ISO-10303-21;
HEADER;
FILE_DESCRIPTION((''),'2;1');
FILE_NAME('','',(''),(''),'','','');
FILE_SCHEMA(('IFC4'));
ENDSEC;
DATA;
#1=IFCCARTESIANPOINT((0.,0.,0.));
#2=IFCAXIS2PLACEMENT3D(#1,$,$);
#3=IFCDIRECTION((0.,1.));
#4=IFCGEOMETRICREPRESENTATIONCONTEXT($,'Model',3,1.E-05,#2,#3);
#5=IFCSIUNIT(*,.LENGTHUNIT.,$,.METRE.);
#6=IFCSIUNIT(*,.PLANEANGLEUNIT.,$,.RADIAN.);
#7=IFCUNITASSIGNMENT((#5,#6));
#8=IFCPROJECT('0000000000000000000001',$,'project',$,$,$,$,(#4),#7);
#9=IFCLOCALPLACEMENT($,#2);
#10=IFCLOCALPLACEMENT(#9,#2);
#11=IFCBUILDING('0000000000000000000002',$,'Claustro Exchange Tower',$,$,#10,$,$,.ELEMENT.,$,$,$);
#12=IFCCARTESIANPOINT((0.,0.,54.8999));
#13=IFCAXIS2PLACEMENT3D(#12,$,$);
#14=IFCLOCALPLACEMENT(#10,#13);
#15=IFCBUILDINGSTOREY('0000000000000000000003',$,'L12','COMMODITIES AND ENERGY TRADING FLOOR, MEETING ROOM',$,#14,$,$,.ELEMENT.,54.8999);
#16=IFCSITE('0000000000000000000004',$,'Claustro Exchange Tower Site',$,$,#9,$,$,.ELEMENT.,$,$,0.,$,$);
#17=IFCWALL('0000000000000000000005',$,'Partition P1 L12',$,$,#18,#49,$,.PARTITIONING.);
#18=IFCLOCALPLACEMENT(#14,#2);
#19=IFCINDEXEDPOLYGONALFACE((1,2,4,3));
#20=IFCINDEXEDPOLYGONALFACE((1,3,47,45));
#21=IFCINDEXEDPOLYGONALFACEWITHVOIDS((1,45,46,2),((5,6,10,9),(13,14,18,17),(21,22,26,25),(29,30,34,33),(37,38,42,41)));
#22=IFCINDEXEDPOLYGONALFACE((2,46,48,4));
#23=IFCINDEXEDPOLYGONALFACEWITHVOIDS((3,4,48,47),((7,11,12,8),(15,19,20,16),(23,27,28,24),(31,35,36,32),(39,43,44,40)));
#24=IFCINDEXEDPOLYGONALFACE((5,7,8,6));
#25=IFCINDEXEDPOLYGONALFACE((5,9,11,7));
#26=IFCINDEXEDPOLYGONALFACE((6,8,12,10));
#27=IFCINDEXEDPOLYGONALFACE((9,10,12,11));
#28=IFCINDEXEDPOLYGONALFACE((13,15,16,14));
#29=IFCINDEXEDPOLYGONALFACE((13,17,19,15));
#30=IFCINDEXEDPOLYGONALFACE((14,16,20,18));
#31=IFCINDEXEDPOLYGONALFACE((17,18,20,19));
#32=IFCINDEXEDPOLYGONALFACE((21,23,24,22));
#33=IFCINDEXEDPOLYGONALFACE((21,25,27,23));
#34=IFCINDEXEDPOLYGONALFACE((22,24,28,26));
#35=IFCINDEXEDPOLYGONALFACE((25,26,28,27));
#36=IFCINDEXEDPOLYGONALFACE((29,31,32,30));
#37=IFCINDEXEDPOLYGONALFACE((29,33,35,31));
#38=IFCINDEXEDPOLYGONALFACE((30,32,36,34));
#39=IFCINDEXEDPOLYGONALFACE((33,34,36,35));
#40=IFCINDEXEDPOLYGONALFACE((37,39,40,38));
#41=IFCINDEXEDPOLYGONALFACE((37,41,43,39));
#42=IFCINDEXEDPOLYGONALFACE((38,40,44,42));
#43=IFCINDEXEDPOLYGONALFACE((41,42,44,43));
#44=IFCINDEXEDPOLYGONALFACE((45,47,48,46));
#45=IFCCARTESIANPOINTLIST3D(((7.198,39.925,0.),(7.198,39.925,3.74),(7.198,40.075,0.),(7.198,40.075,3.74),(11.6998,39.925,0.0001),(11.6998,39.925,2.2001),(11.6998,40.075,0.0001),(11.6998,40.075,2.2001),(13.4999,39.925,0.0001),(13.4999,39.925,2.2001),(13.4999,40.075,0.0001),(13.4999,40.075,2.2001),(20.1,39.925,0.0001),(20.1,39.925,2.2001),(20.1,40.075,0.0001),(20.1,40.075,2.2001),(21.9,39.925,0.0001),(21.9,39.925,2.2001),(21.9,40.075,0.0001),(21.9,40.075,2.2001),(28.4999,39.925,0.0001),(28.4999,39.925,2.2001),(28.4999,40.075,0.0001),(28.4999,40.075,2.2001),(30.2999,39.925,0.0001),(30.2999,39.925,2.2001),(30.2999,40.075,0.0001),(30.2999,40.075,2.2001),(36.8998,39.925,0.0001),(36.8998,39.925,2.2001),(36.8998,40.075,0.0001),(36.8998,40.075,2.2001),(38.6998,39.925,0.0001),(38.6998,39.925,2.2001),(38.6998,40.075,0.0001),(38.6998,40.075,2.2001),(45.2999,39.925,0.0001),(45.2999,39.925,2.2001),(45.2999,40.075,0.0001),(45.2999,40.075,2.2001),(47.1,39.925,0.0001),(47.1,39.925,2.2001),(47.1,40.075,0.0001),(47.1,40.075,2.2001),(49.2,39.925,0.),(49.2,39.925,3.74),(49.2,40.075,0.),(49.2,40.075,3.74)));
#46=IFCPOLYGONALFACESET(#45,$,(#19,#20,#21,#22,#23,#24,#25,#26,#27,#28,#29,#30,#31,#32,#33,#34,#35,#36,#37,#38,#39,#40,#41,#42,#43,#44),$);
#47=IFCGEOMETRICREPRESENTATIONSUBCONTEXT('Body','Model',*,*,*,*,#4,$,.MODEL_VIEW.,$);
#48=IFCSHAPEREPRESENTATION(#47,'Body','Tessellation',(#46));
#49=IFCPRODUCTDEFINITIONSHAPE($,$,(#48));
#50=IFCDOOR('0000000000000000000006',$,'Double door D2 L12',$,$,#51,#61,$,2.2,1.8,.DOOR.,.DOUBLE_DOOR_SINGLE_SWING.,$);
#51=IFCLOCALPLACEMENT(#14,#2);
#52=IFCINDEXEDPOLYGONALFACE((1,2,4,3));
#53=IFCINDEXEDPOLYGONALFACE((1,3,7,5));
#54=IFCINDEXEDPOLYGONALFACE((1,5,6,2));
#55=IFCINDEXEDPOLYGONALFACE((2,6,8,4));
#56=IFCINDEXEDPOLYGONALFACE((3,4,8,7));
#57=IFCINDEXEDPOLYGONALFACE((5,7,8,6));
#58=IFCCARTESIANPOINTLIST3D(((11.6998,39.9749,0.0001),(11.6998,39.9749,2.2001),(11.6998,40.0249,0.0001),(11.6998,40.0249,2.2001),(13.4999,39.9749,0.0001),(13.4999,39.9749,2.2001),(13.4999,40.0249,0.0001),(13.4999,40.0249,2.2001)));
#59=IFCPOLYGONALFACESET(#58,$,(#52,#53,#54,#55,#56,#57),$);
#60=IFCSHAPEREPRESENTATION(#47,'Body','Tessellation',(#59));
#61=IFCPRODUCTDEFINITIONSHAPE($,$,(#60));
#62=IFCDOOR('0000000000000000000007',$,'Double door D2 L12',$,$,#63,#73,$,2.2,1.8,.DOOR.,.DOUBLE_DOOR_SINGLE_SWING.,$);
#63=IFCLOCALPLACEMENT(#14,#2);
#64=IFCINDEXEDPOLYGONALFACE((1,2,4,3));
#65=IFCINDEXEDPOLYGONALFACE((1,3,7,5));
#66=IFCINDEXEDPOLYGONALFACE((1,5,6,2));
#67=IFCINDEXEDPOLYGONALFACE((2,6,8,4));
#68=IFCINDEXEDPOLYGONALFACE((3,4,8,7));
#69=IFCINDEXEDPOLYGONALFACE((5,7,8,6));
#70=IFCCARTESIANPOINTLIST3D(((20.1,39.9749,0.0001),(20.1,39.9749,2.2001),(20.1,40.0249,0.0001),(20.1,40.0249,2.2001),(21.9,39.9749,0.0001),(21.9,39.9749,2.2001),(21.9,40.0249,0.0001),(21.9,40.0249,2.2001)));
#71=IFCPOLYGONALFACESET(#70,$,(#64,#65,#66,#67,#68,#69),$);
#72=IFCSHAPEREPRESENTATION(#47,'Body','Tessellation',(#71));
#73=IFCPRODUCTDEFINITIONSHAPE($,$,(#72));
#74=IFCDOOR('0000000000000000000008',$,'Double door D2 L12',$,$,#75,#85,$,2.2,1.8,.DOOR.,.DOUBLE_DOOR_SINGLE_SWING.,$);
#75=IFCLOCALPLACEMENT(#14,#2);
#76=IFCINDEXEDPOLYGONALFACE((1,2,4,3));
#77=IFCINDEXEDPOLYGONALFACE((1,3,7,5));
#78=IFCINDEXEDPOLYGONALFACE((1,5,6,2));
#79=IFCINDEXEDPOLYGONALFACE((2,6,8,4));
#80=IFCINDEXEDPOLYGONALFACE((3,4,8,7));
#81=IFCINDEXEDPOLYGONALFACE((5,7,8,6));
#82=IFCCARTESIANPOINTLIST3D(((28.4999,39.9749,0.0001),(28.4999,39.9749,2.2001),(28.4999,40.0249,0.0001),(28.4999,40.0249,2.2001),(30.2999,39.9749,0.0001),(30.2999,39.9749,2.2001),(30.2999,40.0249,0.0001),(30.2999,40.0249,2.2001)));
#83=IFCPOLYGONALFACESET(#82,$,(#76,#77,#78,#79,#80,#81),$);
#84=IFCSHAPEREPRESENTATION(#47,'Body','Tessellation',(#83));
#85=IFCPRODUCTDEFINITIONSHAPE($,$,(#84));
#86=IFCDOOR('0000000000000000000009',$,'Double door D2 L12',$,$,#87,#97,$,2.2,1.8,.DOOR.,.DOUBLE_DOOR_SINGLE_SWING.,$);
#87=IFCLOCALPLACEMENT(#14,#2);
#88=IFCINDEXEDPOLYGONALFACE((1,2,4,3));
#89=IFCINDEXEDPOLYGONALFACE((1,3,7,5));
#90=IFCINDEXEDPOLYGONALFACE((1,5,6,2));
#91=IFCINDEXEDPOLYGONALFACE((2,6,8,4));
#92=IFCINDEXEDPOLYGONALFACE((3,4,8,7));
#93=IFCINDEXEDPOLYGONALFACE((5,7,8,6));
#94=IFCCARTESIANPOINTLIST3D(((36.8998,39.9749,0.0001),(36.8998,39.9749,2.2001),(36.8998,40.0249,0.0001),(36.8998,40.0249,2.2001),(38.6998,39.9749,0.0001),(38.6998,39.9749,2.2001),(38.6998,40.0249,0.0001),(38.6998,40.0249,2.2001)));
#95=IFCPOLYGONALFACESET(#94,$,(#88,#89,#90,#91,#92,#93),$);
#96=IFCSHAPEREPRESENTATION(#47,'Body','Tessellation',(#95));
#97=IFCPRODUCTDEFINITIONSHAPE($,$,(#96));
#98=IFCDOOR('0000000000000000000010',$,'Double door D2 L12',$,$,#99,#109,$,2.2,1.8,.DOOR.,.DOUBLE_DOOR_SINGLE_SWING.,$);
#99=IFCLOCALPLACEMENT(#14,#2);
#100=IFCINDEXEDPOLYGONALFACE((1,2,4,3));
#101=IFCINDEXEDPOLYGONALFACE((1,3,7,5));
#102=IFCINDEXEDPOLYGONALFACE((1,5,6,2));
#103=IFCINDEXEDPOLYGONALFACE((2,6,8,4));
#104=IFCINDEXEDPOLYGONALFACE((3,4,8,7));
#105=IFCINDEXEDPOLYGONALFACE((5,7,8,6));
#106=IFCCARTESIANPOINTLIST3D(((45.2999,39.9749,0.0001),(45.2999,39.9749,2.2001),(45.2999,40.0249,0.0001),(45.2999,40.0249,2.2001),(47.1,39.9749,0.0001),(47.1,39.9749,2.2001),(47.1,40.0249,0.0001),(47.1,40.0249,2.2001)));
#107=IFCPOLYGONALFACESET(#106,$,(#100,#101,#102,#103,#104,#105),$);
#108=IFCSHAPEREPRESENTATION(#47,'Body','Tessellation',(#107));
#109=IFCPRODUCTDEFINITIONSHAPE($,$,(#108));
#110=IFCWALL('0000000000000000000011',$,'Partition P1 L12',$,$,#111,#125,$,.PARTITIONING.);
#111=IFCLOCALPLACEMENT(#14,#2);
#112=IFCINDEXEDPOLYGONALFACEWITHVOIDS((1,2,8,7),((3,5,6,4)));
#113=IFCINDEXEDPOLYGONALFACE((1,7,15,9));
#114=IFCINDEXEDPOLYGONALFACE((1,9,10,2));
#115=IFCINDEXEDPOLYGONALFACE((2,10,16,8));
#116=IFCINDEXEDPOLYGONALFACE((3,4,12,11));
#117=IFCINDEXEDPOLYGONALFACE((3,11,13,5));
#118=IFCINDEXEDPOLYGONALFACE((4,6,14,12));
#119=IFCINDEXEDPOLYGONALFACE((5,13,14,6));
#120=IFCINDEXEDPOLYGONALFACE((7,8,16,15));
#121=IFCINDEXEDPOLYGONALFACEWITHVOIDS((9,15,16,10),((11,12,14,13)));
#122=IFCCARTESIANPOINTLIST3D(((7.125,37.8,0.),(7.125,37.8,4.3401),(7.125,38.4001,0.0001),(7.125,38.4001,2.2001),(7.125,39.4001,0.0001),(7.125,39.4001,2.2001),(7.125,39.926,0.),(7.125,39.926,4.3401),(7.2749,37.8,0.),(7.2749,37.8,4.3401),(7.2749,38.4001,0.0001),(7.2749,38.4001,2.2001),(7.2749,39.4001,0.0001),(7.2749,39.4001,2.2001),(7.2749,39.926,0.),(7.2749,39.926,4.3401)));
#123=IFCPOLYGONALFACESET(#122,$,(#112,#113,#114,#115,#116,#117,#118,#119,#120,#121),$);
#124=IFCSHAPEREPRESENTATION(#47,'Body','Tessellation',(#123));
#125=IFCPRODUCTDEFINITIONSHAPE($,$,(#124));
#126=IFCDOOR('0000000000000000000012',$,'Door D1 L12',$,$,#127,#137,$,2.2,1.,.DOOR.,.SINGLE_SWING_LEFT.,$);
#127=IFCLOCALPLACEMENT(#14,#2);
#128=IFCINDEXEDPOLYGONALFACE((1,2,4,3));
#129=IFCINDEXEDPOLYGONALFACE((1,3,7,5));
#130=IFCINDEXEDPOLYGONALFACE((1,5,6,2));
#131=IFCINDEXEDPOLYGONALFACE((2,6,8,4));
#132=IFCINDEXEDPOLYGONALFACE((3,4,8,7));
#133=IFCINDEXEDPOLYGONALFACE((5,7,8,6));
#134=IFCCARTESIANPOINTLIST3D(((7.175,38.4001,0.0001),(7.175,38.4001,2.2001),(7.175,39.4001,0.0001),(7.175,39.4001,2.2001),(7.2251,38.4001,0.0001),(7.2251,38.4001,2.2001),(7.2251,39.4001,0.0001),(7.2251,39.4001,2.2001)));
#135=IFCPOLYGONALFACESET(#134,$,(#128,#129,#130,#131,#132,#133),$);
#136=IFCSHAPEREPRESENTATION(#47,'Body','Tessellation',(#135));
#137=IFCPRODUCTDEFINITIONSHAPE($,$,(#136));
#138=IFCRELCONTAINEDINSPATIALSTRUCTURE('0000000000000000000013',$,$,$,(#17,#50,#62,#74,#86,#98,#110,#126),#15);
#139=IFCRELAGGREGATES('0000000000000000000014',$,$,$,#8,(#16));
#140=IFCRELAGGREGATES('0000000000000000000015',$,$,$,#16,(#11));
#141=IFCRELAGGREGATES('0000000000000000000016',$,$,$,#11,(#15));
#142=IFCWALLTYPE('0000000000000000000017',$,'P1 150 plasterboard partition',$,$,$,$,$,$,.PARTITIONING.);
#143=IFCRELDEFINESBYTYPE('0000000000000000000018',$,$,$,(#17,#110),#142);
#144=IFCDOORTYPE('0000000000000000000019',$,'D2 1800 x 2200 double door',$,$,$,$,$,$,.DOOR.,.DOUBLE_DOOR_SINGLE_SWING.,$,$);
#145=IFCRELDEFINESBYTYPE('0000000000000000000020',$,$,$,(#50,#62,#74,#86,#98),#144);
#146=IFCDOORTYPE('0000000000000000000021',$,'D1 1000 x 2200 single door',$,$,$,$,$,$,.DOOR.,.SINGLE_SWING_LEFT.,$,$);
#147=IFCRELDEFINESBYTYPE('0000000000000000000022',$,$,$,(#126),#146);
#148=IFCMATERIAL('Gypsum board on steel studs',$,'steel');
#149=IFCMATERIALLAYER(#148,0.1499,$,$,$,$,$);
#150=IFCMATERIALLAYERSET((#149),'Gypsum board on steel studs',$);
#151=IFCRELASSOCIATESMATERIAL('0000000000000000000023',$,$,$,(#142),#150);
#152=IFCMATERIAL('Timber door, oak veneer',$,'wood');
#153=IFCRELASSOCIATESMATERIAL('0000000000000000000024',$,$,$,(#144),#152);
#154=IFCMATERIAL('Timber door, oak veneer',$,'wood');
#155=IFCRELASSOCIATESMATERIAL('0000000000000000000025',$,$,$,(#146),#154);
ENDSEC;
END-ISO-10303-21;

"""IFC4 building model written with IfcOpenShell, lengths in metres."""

from ifc_helpers import new_model, si_unit, direction, frame, frame_2d, origin, place, context, subcontext, project, spatial, rectangle, extrude, material, layer, layer_set, type_object, element, fill, save


model = new_model("IFC4")

# Units and contexts
model_context = context("Model", 3, precision=1e-05, world=origin(), true_north=direction((0.0, 1.0)))
body_context = subcontext(model_context, "Body", "Model", "MODEL_VIEW")
ifc_project = project(units=[si_unit("LENGTHUNIT", "METRE"), si_unit("PLANEANGLEUNIT", "RADIAN")], contexts=[model_context])

# Site, building, storey
site_placement = place(None, origin())
site = spatial("IfcSite", under=ifc_project, at=site_placement, Name="Claustro Exchange Tower Site", CompositionType="ELEMENT", RefElevation=0.0)
building_placement = place(site_placement, origin())
building = spatial("IfcBuilding", under=site, at=building_placement, Name="Claustro Exchange Tower", CompositionType="ELEMENT")
storey_placement = place(building_placement, frame((0.0, 0.0, 54.8999)))
storey = spatial("IfcBuildingStorey", under=building, at=storey_placement, Name="L12", Description="COMMODITIES AND ENERGY TRADING FLOOR, MEETING ROOM", CompositionType="ELEMENT", Elevation=54.8999)

# Wall, openings, doors
ifc_material_1 = material(Name="Gypsum board on steel studs", Category="steel")
ifc_layer = layer(ifc_material_1, 0.1499)
ifc_layer_set = layer_set([ifc_layer], Name="Gypsum board on steel studs")
wall_type = type_object("IfcWallType", Name="P1 150 plasterboard partition", PredefinedType="PARTITIONING", material=ifc_layer_set)
wall_1_placement = place(storey_placement, frame((7.198, 40.0, 0.0), z_axis=(0.0, 0.0, 1.0), x_axis=(1.0, 0.0, 0.0)))
wall_1 = element("IfcWall", 1, at=wall_1_placement, inside=storey, type_object=wall_type, Name="Partition P1 L12", PredefinedType="PARTITIONING", context=body_context, shape_type="SweptSolid", body=[
    extrude(rectangle(XDim=42.002, YDim=0.1499, at=frame_2d((21.001, 0.0))), origin(), (0.0, 0.0, 1.0), 3.74),
])
opening_1_placement = place(wall_1_placement, frame((4.502, 0.0, 0.0)))
opening_1 = element("IfcOpeningElement", 2, at=opening_1_placement, cuts=wall_1, PredefinedType="OPENING", context=body_context, shape_type="SweptSolid", body=[
    extrude(rectangle(XDim=1.8, YDim=2.2, at=frame_2d((0.8999, 1.1001))), frame((0.0, 0.085, 0.0), z_axis=(0.0, -1.0, 0.0), x_axis=(1.0, 0.0, 0.0)), (0.0, 0.0, 1.0), 0.1699),
])
opening_2_placement = place(wall_1_placement, frame((12.9021, 0.0, 0.0)))
opening_2 = element("IfcOpeningElement", 3, at=opening_2_placement, cuts=wall_1, PredefinedType="OPENING", context=body_context, shape_type="SweptSolid", body=[
    extrude(rectangle(XDim=1.8, YDim=2.2, at=frame_2d((0.8999, 1.1001))), frame((0.0, 0.085, 0.0), z_axis=(0.0, -1.0, 0.0), x_axis=(1.0, 0.0, 0.0)), (0.0, 0.0, 1.0), 0.1699),
])
opening_3_placement = place(wall_1_placement, frame((21.302, 0.0, 0.0)))
opening_3 = element("IfcOpeningElement", 4, at=opening_3_placement, cuts=wall_1, PredefinedType="OPENING", context=body_context, shape_type="SweptSolid", body=[
    extrude(rectangle(XDim=1.8, YDim=2.2, at=frame_2d((0.8999, 1.1001))), frame((0.0, 0.085, 0.0), z_axis=(0.0, -1.0, 0.0), x_axis=(1.0, 0.0, 0.0)), (0.0, 0.0, 1.0), 0.1699),
])
opening_4_placement = place(wall_1_placement, frame((29.7019, 0.0, 0.0)))
opening_4 = element("IfcOpeningElement", 5, at=opening_4_placement, cuts=wall_1, PredefinedType="OPENING", context=body_context, shape_type="SweptSolid", body=[
    extrude(rectangle(XDim=1.8, YDim=2.2, at=frame_2d((0.8999, 1.1001))), frame((0.0, 0.085, 0.0), z_axis=(0.0, -1.0, 0.0), x_axis=(1.0, 0.0, 0.0)), (0.0, 0.0, 1.0), 0.1699),
])
opening_5_placement = place(wall_1_placement, frame((38.1021, 0.0, 0.0)))
opening_5 = element("IfcOpeningElement", 6, at=opening_5_placement, cuts=wall_1, PredefinedType="OPENING", context=body_context, shape_type="SweptSolid", body=[
    extrude(rectangle(XDim=1.8, YDim=2.2, at=frame_2d((0.8999, 1.1001))), frame((0.0, 0.085, 0.0), z_axis=(0.0, -1.0, 0.0), x_axis=(1.0, 0.0, 0.0)), (0.0, 0.0, 1.0), 0.1699),
])
ifc_material_2 = material(Name="Timber door, oak veneer", Category="wood")
door_type_1 = type_object("IfcDoorType", Name="D2 1800 x 2200 double door", OperationType="DOUBLE_DOOR_SINGLE_SWING", PredefinedType="DOOR", material=ifc_material_2)
door_1_placement = place(opening_1_placement, origin())
door_1 = element("IfcDoor", 7, at=door_1_placement, inside=storey, type_object=door_type_1, Name="Double door D2 L12", OperationType="DOUBLE_DOOR_SINGLE_SWING", OverallHeight=2.2, OverallWidth=1.8, PredefinedType="DOOR", context=body_context, shape_type="SweptSolid", body=[
    extrude(rectangle(XDim=1.8, YDim=2.2, at=frame_2d((0.8999, 1.1001))), frame((0.0, 0.0249, 0.0), z_axis=(0.0, -1.0, 0.0), x_axis=(1.0, 0.0, 0.0)), (0.0, 0.0, 1.0), 0.05),
])
fill(opening_1, door_1)
door_2_placement = place(opening_2_placement, origin())
door_2 = element("IfcDoor", 8, at=door_2_placement, inside=storey, type_object=door_type_1, Name="Double door D2 L12", OperationType="DOUBLE_DOOR_SINGLE_SWING", OverallHeight=2.2, OverallWidth=1.8, PredefinedType="DOOR", context=body_context, shape_type="SweptSolid", body=[
    extrude(rectangle(XDim=1.8, YDim=2.2, at=frame_2d((0.8999, 1.1001))), frame((0.0, 0.0249, 0.0), z_axis=(0.0, -1.0, 0.0), x_axis=(1.0, 0.0, 0.0)), (0.0, 0.0, 1.0), 0.05),
])
fill(opening_2, door_2)
door_3_placement = place(opening_3_placement, origin())
door_3 = element("IfcDoor", 9, at=door_3_placement, inside=storey, type_object=door_type_1, Name="Double door D2 L12", OperationType="DOUBLE_DOOR_SINGLE_SWING", OverallHeight=2.2, OverallWidth=1.8, PredefinedType="DOOR", context=body_context, shape_type="SweptSolid", body=[
    extrude(rectangle(XDim=1.8, YDim=2.2, at=frame_2d((0.8999, 1.1001))), frame((0.0, 0.0249, 0.0), z_axis=(0.0, -1.0, 0.0), x_axis=(1.0, 0.0, 0.0)), (0.0, 0.0, 1.0), 0.05),
])
fill(opening_3, door_3)
door_4_placement = place(opening_4_placement, origin())
door_4 = element("IfcDoor", 10, at=door_4_placement, inside=storey, type_object=door_type_1, Name="Double door D2 L12", OperationType="DOUBLE_DOOR_SINGLE_SWING", OverallHeight=2.2, OverallWidth=1.8, PredefinedType="DOOR", context=body_context, shape_type="SweptSolid", body=[
    extrude(rectangle(XDim=1.8, YDim=2.2, at=frame_2d((0.8999, 1.1001))), frame((0.0, 0.0249, 0.0), z_axis=(0.0, -1.0, 0.0), x_axis=(1.0, 0.0, 0.0)), (0.0, 0.0, 1.0), 0.05),
])
fill(opening_4, door_4)
door_5_placement = place(opening_5_placement, origin())
door_5 = element("IfcDoor", 11, at=door_5_placement, inside=storey, type_object=door_type_1, Name="Double door D2 L12", OperationType="DOUBLE_DOOR_SINGLE_SWING", OverallHeight=2.2, OverallWidth=1.8, PredefinedType="DOOR", context=body_context, shape_type="SweptSolid", body=[
    extrude(rectangle(XDim=1.8, YDim=2.2, at=frame_2d((0.8999, 1.1001))), frame((0.0, 0.0249, 0.0), z_axis=(0.0, -1.0, 0.0), x_axis=(1.0, 0.0, 0.0)), (0.0, 0.0, 1.0), 0.05),
])
fill(opening_5, door_5)

# Wall, opening, door
wall_2_placement = place(storey_placement, frame((7.2, 37.8, 0.0), z_axis=(0.0, 0.0, 1.0), x_axis=(0.0, 1.0, 0.0)))
wall_2 = element("IfcWall", 12, at=wall_2_placement, inside=storey, type_object=wall_type, Name="Partition P1 L12", PredefinedType="PARTITIONING", context=body_context, shape_type="SweptSolid", body=[
    extrude(rectangle(XDim=2.126, YDim=0.1499, at=frame_2d((1.063, 0.0))), origin(), (0.0, 0.0, 1.0), 4.3401),
])
opening_6_placement = place(wall_2_placement, frame((0.6001, 0.0, 0.0)))
opening_6 = element("IfcOpeningElement", 13, at=opening_6_placement, cuts=wall_2, PredefinedType="OPENING", context=body_context, shape_type="SweptSolid", body=[
    extrude(rectangle(XDim=1.0, YDim=2.2, at=frame_2d((0.5, 1.1001))), frame((0.0, 0.085, 0.0), z_axis=(0.0, -1.0, 0.0), x_axis=(1.0, 0.0, 0.0)), (0.0, 0.0, 1.0), 0.1699),
])
ifc_material_3 = material(Name="Timber door, oak veneer", Category="wood")
door_type_2 = type_object("IfcDoorType", Name="D1 1000 x 2200 single door", OperationType="SINGLE_SWING_LEFT", PredefinedType="DOOR", material=ifc_material_3)
door_6_placement = place(opening_6_placement, origin())
door_6 = element("IfcDoor", 14, at=door_6_placement, inside=storey, type_object=door_type_2, Name="Door D1 L12", OperationType="SINGLE_SWING_LEFT", OverallHeight=2.2, OverallWidth=1.0, PredefinedType="DOOR", context=body_context, shape_type="SweptSolid", body=[
    extrude(rectangle(XDim=1.0, YDim=2.2, at=frame_2d((0.5, 1.1001))), frame((0.0, 0.0249, 0.0), z_axis=(0.0, -1.0, 0.0), x_axis=(1.0, 0.0, 0.0)), (0.0, 0.0, 1.0), 0.05),
])
fill(opening_6, door_6)

save(model, "model.ifc")
